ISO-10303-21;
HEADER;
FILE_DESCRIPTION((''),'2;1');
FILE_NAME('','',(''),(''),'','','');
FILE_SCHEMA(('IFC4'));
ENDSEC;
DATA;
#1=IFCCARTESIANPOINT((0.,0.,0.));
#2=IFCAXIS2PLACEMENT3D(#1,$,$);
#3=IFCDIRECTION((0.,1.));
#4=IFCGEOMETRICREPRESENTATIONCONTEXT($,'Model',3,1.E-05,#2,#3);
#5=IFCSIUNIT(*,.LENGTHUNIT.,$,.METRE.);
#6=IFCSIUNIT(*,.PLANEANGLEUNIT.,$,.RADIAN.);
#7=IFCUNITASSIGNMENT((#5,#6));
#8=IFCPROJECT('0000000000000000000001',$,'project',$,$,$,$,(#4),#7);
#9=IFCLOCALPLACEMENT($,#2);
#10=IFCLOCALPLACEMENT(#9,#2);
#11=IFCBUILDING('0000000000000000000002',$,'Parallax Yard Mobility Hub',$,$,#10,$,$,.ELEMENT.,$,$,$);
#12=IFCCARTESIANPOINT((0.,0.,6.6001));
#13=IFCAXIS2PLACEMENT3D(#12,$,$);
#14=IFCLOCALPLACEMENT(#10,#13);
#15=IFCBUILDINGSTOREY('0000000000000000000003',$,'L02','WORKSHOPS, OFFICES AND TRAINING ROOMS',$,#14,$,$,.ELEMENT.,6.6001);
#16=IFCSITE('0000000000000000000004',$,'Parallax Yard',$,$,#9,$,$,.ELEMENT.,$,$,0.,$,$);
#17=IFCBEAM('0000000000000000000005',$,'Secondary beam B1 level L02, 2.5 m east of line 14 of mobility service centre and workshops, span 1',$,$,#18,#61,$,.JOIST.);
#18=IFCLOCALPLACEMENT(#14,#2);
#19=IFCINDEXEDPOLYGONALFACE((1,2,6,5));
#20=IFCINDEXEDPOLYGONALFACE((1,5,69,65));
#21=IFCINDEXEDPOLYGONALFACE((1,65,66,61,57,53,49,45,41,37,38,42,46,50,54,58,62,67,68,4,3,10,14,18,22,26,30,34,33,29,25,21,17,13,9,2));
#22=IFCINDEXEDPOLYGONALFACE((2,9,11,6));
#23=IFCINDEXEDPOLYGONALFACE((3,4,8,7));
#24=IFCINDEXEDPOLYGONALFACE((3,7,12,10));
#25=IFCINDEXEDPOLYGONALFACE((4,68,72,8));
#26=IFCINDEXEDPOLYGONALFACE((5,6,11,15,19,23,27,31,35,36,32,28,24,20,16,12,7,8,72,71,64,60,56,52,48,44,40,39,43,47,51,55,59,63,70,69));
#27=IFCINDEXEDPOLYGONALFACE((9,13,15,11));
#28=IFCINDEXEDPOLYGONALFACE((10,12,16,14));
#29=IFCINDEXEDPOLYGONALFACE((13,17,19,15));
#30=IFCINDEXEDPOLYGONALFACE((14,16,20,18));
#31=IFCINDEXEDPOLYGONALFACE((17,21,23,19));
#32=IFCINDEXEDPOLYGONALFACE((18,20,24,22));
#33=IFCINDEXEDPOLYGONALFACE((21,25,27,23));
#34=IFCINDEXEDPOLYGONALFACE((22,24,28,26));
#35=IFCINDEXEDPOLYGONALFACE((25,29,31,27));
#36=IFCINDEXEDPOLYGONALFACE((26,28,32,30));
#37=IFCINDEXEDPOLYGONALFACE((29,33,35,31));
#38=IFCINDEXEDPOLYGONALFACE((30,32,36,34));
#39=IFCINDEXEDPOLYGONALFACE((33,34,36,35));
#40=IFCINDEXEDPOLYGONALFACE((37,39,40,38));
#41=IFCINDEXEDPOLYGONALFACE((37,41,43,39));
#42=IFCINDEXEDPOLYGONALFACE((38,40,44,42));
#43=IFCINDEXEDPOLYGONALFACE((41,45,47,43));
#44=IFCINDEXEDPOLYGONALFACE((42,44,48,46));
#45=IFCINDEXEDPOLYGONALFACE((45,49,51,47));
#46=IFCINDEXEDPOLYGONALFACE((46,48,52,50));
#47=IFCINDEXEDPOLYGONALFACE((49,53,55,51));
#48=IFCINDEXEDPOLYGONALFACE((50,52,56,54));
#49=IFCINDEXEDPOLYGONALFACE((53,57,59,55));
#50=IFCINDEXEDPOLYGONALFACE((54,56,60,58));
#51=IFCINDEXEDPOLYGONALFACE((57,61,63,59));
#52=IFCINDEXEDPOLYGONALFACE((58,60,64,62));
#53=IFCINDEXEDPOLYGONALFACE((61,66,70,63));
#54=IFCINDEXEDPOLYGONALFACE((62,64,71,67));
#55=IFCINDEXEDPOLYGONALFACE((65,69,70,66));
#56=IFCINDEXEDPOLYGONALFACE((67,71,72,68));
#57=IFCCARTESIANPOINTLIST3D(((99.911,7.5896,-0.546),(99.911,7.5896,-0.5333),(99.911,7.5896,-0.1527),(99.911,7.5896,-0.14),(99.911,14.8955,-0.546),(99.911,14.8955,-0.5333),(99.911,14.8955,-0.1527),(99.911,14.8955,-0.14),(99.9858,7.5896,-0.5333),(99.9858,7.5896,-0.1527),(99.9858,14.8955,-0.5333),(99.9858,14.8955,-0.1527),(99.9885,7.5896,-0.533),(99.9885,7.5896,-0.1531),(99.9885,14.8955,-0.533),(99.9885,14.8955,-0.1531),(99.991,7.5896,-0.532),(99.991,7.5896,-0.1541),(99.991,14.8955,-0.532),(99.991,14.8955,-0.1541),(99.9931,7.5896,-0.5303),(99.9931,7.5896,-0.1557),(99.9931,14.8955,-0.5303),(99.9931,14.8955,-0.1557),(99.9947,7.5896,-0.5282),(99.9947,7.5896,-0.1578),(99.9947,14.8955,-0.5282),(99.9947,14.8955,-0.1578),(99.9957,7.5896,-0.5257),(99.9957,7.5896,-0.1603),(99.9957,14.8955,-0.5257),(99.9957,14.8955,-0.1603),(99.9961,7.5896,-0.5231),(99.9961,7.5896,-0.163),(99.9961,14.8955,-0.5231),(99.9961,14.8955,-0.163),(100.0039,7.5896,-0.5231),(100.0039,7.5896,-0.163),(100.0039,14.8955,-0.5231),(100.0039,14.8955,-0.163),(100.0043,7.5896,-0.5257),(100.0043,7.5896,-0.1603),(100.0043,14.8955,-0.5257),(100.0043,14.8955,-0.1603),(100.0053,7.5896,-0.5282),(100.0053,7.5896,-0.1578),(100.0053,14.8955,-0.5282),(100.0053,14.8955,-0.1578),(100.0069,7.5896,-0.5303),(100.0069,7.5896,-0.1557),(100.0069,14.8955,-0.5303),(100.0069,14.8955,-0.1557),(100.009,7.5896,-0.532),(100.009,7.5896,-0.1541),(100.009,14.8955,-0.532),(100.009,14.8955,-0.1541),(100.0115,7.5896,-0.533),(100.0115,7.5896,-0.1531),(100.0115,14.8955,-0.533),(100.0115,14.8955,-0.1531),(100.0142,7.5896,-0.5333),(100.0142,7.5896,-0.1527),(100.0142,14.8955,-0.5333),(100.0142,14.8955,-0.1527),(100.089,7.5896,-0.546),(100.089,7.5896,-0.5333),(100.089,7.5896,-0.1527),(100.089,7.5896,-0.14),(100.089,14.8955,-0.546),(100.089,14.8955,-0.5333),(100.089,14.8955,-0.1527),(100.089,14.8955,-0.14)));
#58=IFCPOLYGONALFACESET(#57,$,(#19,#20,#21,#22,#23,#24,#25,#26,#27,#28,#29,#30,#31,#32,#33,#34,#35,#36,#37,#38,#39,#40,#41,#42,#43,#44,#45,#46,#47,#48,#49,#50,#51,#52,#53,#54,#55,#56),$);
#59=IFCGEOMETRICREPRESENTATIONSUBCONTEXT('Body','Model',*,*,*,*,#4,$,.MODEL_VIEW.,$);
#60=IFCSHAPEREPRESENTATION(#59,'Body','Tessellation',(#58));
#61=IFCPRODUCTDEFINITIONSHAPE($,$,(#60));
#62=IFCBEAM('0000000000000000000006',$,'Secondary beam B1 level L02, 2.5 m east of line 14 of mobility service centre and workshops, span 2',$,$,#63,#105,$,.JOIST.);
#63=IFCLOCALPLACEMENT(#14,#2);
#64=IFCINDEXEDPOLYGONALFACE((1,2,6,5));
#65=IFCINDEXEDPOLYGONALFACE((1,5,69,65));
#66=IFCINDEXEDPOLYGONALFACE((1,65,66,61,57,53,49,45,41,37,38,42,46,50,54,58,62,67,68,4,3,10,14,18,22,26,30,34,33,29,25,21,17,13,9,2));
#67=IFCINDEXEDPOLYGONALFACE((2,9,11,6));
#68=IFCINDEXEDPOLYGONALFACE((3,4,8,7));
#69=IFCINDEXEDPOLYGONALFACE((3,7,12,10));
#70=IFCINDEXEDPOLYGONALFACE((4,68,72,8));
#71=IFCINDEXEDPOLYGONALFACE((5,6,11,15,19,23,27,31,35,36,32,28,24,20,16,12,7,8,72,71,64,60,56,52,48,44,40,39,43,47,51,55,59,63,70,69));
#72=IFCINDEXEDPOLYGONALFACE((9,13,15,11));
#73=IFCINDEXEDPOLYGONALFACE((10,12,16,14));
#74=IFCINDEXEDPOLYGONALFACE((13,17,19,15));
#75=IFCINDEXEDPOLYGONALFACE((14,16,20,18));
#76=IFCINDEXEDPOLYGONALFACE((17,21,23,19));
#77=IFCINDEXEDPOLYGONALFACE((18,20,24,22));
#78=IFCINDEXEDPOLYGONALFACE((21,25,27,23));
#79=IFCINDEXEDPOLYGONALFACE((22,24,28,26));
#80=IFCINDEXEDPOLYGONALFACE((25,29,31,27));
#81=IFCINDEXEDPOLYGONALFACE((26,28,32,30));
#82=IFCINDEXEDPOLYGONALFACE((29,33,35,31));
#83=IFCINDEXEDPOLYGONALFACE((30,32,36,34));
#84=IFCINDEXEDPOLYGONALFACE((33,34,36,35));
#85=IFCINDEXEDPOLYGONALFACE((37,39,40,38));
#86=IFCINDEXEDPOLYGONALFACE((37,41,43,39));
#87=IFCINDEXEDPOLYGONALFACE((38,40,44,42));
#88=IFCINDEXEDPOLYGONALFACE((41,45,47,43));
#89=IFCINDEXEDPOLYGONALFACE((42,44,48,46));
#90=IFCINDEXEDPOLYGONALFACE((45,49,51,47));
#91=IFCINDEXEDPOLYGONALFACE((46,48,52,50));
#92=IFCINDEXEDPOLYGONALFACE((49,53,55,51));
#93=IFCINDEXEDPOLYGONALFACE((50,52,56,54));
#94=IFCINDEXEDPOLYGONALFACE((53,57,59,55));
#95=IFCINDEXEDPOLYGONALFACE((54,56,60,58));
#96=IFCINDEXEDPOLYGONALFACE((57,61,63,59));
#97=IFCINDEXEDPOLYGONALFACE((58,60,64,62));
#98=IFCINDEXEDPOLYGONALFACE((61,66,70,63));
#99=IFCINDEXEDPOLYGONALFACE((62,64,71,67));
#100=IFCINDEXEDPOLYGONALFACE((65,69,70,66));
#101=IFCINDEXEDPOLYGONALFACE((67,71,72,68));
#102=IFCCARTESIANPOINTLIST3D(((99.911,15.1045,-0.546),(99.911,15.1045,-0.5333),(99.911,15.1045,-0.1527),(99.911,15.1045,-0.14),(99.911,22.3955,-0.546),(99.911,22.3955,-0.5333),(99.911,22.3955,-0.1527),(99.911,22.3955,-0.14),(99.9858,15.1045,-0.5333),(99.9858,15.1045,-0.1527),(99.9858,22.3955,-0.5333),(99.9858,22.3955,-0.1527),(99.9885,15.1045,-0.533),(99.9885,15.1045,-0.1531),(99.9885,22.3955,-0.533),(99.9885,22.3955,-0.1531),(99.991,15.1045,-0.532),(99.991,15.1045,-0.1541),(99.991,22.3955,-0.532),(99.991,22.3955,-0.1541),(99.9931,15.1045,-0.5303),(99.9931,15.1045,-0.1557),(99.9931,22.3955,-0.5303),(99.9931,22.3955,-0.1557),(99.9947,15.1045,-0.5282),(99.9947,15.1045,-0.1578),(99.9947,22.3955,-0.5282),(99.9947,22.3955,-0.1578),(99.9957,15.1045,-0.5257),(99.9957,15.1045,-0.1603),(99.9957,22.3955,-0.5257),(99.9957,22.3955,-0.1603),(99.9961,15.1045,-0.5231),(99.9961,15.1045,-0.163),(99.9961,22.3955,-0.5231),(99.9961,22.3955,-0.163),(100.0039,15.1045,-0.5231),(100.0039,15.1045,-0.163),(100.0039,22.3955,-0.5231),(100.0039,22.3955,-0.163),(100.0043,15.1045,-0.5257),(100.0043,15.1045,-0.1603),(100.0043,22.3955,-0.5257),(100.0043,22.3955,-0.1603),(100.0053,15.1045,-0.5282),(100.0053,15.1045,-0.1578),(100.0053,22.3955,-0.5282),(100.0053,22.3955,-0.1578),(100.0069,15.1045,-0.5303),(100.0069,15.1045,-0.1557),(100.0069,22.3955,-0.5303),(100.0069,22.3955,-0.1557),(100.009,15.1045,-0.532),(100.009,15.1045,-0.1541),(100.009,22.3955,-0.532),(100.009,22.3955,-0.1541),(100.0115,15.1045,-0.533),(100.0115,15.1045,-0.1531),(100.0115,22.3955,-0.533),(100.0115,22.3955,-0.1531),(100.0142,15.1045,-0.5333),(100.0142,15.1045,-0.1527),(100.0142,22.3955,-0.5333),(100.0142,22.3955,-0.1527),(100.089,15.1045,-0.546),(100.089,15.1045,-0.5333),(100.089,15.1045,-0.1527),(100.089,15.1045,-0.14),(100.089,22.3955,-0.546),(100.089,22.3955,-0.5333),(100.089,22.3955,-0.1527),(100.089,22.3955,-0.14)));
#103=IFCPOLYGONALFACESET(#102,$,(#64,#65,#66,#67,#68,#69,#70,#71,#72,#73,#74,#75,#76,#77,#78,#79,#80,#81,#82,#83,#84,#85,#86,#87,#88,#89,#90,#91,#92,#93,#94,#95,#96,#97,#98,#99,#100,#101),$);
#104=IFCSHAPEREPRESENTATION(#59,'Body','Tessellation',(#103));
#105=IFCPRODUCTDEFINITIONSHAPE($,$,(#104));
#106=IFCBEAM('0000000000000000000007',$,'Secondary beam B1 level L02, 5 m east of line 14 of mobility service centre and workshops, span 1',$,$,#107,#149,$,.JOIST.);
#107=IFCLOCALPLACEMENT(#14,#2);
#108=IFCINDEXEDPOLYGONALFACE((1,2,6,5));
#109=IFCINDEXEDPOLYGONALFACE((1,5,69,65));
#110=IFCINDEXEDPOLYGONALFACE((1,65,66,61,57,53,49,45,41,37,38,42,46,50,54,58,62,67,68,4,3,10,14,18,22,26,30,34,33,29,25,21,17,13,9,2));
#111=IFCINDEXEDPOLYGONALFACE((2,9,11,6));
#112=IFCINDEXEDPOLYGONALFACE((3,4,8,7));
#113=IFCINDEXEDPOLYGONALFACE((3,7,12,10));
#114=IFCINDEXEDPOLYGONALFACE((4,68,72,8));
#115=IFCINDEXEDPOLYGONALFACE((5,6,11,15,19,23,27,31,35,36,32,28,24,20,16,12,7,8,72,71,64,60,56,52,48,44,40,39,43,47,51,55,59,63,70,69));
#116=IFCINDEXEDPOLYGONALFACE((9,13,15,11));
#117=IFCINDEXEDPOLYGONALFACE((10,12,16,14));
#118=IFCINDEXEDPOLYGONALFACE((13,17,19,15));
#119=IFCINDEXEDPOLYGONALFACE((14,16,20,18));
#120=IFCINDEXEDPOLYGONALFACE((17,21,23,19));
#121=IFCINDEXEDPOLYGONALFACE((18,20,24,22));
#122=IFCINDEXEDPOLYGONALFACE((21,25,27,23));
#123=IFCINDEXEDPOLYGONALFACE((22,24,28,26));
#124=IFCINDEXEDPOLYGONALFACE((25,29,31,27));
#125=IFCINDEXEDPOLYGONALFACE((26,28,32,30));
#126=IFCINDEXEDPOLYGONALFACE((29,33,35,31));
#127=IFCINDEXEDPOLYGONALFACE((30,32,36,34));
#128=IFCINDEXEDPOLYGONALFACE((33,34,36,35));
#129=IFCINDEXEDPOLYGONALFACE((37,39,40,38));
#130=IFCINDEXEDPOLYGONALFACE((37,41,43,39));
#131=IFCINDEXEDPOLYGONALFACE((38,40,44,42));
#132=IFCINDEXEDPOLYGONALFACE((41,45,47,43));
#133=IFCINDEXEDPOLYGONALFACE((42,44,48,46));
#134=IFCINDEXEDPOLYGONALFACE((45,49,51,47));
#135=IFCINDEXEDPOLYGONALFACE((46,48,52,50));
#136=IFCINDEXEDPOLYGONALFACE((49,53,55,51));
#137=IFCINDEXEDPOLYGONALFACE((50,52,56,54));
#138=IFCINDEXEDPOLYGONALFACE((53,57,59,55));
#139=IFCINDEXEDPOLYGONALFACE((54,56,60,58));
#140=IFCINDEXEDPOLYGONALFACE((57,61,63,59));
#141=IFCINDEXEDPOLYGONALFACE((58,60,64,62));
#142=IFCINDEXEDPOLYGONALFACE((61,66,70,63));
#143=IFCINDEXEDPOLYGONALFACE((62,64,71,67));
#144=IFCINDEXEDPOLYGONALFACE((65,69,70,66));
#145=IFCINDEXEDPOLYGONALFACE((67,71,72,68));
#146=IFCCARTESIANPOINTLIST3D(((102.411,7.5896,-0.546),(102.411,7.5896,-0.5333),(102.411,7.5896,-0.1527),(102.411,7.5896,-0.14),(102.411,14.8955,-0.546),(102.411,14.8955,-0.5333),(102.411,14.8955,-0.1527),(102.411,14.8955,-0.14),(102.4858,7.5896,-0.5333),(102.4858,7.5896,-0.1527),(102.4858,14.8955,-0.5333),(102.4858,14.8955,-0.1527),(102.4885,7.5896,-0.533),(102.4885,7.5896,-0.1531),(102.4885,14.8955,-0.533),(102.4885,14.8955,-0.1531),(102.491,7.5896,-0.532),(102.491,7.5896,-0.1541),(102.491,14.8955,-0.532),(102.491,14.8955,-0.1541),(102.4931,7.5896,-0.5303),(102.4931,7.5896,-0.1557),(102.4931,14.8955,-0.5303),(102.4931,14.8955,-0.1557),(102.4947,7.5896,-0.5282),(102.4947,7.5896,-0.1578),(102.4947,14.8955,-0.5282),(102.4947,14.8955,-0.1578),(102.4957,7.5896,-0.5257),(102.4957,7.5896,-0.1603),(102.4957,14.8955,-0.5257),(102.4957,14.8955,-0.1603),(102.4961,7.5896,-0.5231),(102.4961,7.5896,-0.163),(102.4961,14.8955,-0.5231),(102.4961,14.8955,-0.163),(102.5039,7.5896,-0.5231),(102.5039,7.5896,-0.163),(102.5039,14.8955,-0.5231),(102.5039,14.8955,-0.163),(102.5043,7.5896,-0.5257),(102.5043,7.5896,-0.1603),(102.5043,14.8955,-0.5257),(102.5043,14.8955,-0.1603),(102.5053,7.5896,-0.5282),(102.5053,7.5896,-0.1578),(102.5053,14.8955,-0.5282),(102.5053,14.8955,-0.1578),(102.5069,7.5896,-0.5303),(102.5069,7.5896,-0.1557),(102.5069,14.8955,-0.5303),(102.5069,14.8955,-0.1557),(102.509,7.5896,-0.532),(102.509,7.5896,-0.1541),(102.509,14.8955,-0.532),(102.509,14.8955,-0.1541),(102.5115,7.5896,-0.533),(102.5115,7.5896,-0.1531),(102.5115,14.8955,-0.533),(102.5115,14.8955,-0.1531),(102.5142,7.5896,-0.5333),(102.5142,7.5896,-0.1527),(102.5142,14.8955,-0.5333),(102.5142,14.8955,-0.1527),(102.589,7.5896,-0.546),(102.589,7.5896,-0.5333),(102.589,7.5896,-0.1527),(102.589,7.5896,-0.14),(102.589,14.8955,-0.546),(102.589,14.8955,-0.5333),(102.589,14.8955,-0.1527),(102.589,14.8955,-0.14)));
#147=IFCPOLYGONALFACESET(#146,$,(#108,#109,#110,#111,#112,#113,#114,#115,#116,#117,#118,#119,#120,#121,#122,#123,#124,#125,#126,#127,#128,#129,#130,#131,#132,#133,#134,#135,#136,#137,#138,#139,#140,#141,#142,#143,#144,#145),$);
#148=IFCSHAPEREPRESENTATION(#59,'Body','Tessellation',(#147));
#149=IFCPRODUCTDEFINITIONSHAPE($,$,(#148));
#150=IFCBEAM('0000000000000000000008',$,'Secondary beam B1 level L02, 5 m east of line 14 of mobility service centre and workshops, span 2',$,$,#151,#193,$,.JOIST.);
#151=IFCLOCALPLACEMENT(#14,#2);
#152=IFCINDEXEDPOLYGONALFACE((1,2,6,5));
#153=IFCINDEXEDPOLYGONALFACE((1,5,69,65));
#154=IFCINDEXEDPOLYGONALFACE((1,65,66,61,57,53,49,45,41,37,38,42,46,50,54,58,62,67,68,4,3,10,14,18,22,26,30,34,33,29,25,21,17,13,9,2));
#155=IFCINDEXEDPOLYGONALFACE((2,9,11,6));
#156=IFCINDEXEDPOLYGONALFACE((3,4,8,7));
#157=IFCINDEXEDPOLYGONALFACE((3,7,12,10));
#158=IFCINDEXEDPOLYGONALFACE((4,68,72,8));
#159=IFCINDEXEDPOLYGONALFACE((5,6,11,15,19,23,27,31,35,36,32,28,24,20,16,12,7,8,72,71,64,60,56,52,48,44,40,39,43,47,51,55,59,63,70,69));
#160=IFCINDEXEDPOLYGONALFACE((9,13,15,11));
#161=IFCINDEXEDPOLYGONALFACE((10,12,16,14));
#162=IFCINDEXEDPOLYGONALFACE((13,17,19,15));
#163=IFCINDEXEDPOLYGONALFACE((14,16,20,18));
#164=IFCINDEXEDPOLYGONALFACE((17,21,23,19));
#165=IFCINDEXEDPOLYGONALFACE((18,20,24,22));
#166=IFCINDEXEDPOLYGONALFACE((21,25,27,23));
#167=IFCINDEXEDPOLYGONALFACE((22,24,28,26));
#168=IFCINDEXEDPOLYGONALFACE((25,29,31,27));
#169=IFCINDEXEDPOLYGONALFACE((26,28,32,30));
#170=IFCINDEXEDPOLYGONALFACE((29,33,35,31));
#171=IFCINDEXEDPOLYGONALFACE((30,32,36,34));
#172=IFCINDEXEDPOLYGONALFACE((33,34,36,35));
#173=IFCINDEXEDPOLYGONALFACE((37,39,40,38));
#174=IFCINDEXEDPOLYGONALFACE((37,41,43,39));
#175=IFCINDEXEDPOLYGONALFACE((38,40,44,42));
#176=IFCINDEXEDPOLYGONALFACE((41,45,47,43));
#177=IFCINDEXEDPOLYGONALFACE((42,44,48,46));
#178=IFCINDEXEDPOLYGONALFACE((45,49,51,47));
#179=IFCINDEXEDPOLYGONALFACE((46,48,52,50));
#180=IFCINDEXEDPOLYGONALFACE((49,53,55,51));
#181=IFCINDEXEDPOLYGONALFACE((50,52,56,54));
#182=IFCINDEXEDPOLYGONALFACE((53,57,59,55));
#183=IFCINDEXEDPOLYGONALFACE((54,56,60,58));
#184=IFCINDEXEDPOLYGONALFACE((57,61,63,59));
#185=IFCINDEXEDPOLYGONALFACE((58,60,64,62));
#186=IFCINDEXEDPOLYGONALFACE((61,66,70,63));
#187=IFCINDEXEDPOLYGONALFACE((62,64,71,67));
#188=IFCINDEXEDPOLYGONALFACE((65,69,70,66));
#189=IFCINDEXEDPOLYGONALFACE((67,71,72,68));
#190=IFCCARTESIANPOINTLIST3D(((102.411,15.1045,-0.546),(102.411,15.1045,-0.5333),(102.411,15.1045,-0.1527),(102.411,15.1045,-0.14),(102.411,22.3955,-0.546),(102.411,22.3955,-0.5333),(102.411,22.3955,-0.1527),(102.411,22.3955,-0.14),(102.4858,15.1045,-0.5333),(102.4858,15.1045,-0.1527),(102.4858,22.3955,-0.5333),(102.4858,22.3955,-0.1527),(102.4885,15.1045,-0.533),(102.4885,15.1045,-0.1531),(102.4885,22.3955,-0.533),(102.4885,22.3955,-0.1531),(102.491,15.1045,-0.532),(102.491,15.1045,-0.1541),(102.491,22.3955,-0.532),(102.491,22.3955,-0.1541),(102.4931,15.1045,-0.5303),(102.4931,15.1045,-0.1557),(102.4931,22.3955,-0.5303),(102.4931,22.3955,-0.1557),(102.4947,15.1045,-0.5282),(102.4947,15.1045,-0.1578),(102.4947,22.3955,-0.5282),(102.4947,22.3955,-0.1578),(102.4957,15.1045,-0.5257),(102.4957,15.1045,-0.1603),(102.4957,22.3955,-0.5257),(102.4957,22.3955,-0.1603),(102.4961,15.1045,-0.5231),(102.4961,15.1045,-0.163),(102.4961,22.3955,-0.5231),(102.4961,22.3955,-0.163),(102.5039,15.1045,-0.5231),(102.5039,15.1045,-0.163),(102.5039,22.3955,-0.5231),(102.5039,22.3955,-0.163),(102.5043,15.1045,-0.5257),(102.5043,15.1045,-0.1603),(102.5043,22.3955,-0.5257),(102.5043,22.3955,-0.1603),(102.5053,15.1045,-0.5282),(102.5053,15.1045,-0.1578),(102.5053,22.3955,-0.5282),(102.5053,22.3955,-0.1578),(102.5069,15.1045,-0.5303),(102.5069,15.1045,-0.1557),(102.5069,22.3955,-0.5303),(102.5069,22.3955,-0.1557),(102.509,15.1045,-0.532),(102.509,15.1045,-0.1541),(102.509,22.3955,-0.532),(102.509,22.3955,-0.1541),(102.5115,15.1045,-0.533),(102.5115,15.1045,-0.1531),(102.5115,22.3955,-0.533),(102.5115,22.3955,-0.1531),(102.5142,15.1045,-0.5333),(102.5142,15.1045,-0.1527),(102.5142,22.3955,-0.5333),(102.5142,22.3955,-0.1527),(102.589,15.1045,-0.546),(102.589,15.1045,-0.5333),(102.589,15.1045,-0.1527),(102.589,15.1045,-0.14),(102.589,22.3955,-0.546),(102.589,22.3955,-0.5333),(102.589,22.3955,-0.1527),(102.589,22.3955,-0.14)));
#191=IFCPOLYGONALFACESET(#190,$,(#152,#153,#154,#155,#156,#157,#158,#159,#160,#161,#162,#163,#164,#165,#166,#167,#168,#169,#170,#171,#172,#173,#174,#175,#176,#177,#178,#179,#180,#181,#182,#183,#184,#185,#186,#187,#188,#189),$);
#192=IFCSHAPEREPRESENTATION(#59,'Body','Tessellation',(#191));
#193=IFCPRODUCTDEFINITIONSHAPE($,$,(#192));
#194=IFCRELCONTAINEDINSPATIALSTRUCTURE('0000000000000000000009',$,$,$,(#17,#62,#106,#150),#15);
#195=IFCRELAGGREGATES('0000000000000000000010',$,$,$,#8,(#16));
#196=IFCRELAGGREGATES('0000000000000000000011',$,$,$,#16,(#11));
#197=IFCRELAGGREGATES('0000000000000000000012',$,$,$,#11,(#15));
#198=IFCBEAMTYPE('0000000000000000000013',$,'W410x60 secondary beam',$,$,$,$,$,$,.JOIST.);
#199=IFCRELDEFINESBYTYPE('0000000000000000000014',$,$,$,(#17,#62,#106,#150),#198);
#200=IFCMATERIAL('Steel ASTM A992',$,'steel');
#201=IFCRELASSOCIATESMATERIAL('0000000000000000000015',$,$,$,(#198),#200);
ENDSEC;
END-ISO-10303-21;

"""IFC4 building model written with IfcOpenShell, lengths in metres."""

from ifc_helpers import new_model, si_unit, direction, frame, origin, origin_2d, place, context, subcontext, project, spatial, i_section, extrude, material, material_profile, profile_set, type_object, element, save


model = new_model("IFC4")

# Units and contexts
model_context = context("Model", 3, precision=1e-05, world=origin(), true_north=direction((0.0, 1.0)))
body_context = subcontext(model_context, "Body", "Model", "MODEL_VIEW")
ifc_project = project(units=[si_unit("LENGTHUNIT", "METRE"), si_unit("PLANEANGLEUNIT", "RADIAN")], contexts=[model_context])

# Site, building, storey
site_placement = place(None, origin())
site = spatial("IfcSite", under=ifc_project, at=site_placement, Name="Parallax Yard", CompositionType="ELEMENT", RefElevation=0.0)
building_placement = place(site_placement, origin())
building = spatial("IfcBuilding", under=site, at=building_placement, Name="Parallax Yard Mobility Hub", CompositionType="ELEMENT")
storey_placement = place(building_placement, frame((0.0, 0.0, 6.6001)))
storey = spatial("IfcBuildingStorey", under=building, at=storey_placement, Name="L02", Description="WORKSHOPS, OFFICES AND TRAINING ROOMS", CompositionType="ELEMENT", Elevation=6.6001)

# Shared definitions
ifc_material_1 = material(Name="Steel ASTM A992", Category="steel")

# Beams
ifc_material_profile_1 = material_profile(ifc_material_1, i_section(OverallWidth=0.178, OverallDepth=0.406, WebThickness=0.0078, FlangeThickness=0.0127, FilletRadius=0.0103, at=origin_2d()), Name="W410x60")
ifc_profile_set_1 = profile_set([ifc_material_profile_1], Name="Steel ASTM A992")
beam_type_1 = type_object("IfcBeamType", Name="W410x60 secondary beam", PredefinedType="JOIST", material=ifc_profile_set_1)
beam_1_placement = place(storey_placement, frame((100.0, 7.5896, -0.343), z_axis=(0.0, 1.0, 0.0), x_axis=(-1.0, 0.0, 0.0)))
element("IfcBeam", 1, at=beam_1_placement, inside=storey, type_object=beam_type_1, Name="Secondary beam B1 level L02, 2.5 m east of line 14 of mobility service centre and workshops, span 1", PredefinedType="JOIST", context=body_context, shape_type="SweptSolid", body=[
    extrude(i_section(OverallWidth=0.178, OverallDepth=0.406, WebThickness=0.0078, FlangeThickness=0.0127, FilletRadius=0.0103, at=origin_2d()), origin(), (0.0, 0.0, 1.0), 7.3059),
])
beam_2_placement = place(storey_placement, frame((100.0, 15.1045, -0.343), z_axis=(0.0, 1.0, 0.0), x_axis=(-1.0, 0.0, 0.0)))
element("IfcBeam", 2, at=beam_2_placement, inside=storey, type_object=beam_type_1, Name="Secondary beam B1 level L02, 2.5 m east of line 14 of mobility service centre and workshops, span 2", PredefinedType="JOIST", context=body_context, shape_type="SweptSolid", body=[
    extrude(i_section(OverallWidth=0.178, OverallDepth=0.406, WebThickness=0.0078, FlangeThickness=0.0127, FilletRadius=0.0103, at=origin_2d()), origin(), (0.0, 0.0, 1.0), 7.291),
])
beam_3_placement = place(storey_placement, frame((102.5, 7.5896, -0.343), z_axis=(0.0, 1.0, 0.0), x_axis=(-1.0, 0.0, 0.0)))
element("IfcBeam", 3, at=beam_3_placement, inside=storey, type_object=beam_type_1, Name="Secondary beam B1 level L02, 5 m east of line 14 of mobility service centre and workshops, span 1", PredefinedType="JOIST", context=body_context, shape_type="SweptSolid", body=[
    extrude(i_section(OverallWidth=0.178, OverallDepth=0.406, WebThickness=0.0078, FlangeThickness=0.0127, FilletRadius=0.0103, at=origin_2d()), origin(), (0.0, 0.0, 1.0), 7.3059),
])
beam_4_placement = place(storey_placement, frame((102.5, 15.1045, -0.343), z_axis=(0.0, 1.0, 0.0), x_axis=(-1.0, 0.0, 0.0)))
element("IfcBeam", 4, at=beam_4_placement, inside=storey, type_object=beam_type_1, Name="Secondary beam B1 level L02, 5 m east of line 14 of mobility service centre and workshops, span 2", PredefinedType="JOIST", context=body_context, shape_type="SweptSolid", body=[
    extrude(i_section(OverallWidth=0.178, OverallDepth=0.406, WebThickness=0.0078, FlangeThickness=0.0127, FilletRadius=0.0103, at=origin_2d()), origin(), (0.0, 0.0, 1.0), 7.291),
])

save(model, "model.ifc")
